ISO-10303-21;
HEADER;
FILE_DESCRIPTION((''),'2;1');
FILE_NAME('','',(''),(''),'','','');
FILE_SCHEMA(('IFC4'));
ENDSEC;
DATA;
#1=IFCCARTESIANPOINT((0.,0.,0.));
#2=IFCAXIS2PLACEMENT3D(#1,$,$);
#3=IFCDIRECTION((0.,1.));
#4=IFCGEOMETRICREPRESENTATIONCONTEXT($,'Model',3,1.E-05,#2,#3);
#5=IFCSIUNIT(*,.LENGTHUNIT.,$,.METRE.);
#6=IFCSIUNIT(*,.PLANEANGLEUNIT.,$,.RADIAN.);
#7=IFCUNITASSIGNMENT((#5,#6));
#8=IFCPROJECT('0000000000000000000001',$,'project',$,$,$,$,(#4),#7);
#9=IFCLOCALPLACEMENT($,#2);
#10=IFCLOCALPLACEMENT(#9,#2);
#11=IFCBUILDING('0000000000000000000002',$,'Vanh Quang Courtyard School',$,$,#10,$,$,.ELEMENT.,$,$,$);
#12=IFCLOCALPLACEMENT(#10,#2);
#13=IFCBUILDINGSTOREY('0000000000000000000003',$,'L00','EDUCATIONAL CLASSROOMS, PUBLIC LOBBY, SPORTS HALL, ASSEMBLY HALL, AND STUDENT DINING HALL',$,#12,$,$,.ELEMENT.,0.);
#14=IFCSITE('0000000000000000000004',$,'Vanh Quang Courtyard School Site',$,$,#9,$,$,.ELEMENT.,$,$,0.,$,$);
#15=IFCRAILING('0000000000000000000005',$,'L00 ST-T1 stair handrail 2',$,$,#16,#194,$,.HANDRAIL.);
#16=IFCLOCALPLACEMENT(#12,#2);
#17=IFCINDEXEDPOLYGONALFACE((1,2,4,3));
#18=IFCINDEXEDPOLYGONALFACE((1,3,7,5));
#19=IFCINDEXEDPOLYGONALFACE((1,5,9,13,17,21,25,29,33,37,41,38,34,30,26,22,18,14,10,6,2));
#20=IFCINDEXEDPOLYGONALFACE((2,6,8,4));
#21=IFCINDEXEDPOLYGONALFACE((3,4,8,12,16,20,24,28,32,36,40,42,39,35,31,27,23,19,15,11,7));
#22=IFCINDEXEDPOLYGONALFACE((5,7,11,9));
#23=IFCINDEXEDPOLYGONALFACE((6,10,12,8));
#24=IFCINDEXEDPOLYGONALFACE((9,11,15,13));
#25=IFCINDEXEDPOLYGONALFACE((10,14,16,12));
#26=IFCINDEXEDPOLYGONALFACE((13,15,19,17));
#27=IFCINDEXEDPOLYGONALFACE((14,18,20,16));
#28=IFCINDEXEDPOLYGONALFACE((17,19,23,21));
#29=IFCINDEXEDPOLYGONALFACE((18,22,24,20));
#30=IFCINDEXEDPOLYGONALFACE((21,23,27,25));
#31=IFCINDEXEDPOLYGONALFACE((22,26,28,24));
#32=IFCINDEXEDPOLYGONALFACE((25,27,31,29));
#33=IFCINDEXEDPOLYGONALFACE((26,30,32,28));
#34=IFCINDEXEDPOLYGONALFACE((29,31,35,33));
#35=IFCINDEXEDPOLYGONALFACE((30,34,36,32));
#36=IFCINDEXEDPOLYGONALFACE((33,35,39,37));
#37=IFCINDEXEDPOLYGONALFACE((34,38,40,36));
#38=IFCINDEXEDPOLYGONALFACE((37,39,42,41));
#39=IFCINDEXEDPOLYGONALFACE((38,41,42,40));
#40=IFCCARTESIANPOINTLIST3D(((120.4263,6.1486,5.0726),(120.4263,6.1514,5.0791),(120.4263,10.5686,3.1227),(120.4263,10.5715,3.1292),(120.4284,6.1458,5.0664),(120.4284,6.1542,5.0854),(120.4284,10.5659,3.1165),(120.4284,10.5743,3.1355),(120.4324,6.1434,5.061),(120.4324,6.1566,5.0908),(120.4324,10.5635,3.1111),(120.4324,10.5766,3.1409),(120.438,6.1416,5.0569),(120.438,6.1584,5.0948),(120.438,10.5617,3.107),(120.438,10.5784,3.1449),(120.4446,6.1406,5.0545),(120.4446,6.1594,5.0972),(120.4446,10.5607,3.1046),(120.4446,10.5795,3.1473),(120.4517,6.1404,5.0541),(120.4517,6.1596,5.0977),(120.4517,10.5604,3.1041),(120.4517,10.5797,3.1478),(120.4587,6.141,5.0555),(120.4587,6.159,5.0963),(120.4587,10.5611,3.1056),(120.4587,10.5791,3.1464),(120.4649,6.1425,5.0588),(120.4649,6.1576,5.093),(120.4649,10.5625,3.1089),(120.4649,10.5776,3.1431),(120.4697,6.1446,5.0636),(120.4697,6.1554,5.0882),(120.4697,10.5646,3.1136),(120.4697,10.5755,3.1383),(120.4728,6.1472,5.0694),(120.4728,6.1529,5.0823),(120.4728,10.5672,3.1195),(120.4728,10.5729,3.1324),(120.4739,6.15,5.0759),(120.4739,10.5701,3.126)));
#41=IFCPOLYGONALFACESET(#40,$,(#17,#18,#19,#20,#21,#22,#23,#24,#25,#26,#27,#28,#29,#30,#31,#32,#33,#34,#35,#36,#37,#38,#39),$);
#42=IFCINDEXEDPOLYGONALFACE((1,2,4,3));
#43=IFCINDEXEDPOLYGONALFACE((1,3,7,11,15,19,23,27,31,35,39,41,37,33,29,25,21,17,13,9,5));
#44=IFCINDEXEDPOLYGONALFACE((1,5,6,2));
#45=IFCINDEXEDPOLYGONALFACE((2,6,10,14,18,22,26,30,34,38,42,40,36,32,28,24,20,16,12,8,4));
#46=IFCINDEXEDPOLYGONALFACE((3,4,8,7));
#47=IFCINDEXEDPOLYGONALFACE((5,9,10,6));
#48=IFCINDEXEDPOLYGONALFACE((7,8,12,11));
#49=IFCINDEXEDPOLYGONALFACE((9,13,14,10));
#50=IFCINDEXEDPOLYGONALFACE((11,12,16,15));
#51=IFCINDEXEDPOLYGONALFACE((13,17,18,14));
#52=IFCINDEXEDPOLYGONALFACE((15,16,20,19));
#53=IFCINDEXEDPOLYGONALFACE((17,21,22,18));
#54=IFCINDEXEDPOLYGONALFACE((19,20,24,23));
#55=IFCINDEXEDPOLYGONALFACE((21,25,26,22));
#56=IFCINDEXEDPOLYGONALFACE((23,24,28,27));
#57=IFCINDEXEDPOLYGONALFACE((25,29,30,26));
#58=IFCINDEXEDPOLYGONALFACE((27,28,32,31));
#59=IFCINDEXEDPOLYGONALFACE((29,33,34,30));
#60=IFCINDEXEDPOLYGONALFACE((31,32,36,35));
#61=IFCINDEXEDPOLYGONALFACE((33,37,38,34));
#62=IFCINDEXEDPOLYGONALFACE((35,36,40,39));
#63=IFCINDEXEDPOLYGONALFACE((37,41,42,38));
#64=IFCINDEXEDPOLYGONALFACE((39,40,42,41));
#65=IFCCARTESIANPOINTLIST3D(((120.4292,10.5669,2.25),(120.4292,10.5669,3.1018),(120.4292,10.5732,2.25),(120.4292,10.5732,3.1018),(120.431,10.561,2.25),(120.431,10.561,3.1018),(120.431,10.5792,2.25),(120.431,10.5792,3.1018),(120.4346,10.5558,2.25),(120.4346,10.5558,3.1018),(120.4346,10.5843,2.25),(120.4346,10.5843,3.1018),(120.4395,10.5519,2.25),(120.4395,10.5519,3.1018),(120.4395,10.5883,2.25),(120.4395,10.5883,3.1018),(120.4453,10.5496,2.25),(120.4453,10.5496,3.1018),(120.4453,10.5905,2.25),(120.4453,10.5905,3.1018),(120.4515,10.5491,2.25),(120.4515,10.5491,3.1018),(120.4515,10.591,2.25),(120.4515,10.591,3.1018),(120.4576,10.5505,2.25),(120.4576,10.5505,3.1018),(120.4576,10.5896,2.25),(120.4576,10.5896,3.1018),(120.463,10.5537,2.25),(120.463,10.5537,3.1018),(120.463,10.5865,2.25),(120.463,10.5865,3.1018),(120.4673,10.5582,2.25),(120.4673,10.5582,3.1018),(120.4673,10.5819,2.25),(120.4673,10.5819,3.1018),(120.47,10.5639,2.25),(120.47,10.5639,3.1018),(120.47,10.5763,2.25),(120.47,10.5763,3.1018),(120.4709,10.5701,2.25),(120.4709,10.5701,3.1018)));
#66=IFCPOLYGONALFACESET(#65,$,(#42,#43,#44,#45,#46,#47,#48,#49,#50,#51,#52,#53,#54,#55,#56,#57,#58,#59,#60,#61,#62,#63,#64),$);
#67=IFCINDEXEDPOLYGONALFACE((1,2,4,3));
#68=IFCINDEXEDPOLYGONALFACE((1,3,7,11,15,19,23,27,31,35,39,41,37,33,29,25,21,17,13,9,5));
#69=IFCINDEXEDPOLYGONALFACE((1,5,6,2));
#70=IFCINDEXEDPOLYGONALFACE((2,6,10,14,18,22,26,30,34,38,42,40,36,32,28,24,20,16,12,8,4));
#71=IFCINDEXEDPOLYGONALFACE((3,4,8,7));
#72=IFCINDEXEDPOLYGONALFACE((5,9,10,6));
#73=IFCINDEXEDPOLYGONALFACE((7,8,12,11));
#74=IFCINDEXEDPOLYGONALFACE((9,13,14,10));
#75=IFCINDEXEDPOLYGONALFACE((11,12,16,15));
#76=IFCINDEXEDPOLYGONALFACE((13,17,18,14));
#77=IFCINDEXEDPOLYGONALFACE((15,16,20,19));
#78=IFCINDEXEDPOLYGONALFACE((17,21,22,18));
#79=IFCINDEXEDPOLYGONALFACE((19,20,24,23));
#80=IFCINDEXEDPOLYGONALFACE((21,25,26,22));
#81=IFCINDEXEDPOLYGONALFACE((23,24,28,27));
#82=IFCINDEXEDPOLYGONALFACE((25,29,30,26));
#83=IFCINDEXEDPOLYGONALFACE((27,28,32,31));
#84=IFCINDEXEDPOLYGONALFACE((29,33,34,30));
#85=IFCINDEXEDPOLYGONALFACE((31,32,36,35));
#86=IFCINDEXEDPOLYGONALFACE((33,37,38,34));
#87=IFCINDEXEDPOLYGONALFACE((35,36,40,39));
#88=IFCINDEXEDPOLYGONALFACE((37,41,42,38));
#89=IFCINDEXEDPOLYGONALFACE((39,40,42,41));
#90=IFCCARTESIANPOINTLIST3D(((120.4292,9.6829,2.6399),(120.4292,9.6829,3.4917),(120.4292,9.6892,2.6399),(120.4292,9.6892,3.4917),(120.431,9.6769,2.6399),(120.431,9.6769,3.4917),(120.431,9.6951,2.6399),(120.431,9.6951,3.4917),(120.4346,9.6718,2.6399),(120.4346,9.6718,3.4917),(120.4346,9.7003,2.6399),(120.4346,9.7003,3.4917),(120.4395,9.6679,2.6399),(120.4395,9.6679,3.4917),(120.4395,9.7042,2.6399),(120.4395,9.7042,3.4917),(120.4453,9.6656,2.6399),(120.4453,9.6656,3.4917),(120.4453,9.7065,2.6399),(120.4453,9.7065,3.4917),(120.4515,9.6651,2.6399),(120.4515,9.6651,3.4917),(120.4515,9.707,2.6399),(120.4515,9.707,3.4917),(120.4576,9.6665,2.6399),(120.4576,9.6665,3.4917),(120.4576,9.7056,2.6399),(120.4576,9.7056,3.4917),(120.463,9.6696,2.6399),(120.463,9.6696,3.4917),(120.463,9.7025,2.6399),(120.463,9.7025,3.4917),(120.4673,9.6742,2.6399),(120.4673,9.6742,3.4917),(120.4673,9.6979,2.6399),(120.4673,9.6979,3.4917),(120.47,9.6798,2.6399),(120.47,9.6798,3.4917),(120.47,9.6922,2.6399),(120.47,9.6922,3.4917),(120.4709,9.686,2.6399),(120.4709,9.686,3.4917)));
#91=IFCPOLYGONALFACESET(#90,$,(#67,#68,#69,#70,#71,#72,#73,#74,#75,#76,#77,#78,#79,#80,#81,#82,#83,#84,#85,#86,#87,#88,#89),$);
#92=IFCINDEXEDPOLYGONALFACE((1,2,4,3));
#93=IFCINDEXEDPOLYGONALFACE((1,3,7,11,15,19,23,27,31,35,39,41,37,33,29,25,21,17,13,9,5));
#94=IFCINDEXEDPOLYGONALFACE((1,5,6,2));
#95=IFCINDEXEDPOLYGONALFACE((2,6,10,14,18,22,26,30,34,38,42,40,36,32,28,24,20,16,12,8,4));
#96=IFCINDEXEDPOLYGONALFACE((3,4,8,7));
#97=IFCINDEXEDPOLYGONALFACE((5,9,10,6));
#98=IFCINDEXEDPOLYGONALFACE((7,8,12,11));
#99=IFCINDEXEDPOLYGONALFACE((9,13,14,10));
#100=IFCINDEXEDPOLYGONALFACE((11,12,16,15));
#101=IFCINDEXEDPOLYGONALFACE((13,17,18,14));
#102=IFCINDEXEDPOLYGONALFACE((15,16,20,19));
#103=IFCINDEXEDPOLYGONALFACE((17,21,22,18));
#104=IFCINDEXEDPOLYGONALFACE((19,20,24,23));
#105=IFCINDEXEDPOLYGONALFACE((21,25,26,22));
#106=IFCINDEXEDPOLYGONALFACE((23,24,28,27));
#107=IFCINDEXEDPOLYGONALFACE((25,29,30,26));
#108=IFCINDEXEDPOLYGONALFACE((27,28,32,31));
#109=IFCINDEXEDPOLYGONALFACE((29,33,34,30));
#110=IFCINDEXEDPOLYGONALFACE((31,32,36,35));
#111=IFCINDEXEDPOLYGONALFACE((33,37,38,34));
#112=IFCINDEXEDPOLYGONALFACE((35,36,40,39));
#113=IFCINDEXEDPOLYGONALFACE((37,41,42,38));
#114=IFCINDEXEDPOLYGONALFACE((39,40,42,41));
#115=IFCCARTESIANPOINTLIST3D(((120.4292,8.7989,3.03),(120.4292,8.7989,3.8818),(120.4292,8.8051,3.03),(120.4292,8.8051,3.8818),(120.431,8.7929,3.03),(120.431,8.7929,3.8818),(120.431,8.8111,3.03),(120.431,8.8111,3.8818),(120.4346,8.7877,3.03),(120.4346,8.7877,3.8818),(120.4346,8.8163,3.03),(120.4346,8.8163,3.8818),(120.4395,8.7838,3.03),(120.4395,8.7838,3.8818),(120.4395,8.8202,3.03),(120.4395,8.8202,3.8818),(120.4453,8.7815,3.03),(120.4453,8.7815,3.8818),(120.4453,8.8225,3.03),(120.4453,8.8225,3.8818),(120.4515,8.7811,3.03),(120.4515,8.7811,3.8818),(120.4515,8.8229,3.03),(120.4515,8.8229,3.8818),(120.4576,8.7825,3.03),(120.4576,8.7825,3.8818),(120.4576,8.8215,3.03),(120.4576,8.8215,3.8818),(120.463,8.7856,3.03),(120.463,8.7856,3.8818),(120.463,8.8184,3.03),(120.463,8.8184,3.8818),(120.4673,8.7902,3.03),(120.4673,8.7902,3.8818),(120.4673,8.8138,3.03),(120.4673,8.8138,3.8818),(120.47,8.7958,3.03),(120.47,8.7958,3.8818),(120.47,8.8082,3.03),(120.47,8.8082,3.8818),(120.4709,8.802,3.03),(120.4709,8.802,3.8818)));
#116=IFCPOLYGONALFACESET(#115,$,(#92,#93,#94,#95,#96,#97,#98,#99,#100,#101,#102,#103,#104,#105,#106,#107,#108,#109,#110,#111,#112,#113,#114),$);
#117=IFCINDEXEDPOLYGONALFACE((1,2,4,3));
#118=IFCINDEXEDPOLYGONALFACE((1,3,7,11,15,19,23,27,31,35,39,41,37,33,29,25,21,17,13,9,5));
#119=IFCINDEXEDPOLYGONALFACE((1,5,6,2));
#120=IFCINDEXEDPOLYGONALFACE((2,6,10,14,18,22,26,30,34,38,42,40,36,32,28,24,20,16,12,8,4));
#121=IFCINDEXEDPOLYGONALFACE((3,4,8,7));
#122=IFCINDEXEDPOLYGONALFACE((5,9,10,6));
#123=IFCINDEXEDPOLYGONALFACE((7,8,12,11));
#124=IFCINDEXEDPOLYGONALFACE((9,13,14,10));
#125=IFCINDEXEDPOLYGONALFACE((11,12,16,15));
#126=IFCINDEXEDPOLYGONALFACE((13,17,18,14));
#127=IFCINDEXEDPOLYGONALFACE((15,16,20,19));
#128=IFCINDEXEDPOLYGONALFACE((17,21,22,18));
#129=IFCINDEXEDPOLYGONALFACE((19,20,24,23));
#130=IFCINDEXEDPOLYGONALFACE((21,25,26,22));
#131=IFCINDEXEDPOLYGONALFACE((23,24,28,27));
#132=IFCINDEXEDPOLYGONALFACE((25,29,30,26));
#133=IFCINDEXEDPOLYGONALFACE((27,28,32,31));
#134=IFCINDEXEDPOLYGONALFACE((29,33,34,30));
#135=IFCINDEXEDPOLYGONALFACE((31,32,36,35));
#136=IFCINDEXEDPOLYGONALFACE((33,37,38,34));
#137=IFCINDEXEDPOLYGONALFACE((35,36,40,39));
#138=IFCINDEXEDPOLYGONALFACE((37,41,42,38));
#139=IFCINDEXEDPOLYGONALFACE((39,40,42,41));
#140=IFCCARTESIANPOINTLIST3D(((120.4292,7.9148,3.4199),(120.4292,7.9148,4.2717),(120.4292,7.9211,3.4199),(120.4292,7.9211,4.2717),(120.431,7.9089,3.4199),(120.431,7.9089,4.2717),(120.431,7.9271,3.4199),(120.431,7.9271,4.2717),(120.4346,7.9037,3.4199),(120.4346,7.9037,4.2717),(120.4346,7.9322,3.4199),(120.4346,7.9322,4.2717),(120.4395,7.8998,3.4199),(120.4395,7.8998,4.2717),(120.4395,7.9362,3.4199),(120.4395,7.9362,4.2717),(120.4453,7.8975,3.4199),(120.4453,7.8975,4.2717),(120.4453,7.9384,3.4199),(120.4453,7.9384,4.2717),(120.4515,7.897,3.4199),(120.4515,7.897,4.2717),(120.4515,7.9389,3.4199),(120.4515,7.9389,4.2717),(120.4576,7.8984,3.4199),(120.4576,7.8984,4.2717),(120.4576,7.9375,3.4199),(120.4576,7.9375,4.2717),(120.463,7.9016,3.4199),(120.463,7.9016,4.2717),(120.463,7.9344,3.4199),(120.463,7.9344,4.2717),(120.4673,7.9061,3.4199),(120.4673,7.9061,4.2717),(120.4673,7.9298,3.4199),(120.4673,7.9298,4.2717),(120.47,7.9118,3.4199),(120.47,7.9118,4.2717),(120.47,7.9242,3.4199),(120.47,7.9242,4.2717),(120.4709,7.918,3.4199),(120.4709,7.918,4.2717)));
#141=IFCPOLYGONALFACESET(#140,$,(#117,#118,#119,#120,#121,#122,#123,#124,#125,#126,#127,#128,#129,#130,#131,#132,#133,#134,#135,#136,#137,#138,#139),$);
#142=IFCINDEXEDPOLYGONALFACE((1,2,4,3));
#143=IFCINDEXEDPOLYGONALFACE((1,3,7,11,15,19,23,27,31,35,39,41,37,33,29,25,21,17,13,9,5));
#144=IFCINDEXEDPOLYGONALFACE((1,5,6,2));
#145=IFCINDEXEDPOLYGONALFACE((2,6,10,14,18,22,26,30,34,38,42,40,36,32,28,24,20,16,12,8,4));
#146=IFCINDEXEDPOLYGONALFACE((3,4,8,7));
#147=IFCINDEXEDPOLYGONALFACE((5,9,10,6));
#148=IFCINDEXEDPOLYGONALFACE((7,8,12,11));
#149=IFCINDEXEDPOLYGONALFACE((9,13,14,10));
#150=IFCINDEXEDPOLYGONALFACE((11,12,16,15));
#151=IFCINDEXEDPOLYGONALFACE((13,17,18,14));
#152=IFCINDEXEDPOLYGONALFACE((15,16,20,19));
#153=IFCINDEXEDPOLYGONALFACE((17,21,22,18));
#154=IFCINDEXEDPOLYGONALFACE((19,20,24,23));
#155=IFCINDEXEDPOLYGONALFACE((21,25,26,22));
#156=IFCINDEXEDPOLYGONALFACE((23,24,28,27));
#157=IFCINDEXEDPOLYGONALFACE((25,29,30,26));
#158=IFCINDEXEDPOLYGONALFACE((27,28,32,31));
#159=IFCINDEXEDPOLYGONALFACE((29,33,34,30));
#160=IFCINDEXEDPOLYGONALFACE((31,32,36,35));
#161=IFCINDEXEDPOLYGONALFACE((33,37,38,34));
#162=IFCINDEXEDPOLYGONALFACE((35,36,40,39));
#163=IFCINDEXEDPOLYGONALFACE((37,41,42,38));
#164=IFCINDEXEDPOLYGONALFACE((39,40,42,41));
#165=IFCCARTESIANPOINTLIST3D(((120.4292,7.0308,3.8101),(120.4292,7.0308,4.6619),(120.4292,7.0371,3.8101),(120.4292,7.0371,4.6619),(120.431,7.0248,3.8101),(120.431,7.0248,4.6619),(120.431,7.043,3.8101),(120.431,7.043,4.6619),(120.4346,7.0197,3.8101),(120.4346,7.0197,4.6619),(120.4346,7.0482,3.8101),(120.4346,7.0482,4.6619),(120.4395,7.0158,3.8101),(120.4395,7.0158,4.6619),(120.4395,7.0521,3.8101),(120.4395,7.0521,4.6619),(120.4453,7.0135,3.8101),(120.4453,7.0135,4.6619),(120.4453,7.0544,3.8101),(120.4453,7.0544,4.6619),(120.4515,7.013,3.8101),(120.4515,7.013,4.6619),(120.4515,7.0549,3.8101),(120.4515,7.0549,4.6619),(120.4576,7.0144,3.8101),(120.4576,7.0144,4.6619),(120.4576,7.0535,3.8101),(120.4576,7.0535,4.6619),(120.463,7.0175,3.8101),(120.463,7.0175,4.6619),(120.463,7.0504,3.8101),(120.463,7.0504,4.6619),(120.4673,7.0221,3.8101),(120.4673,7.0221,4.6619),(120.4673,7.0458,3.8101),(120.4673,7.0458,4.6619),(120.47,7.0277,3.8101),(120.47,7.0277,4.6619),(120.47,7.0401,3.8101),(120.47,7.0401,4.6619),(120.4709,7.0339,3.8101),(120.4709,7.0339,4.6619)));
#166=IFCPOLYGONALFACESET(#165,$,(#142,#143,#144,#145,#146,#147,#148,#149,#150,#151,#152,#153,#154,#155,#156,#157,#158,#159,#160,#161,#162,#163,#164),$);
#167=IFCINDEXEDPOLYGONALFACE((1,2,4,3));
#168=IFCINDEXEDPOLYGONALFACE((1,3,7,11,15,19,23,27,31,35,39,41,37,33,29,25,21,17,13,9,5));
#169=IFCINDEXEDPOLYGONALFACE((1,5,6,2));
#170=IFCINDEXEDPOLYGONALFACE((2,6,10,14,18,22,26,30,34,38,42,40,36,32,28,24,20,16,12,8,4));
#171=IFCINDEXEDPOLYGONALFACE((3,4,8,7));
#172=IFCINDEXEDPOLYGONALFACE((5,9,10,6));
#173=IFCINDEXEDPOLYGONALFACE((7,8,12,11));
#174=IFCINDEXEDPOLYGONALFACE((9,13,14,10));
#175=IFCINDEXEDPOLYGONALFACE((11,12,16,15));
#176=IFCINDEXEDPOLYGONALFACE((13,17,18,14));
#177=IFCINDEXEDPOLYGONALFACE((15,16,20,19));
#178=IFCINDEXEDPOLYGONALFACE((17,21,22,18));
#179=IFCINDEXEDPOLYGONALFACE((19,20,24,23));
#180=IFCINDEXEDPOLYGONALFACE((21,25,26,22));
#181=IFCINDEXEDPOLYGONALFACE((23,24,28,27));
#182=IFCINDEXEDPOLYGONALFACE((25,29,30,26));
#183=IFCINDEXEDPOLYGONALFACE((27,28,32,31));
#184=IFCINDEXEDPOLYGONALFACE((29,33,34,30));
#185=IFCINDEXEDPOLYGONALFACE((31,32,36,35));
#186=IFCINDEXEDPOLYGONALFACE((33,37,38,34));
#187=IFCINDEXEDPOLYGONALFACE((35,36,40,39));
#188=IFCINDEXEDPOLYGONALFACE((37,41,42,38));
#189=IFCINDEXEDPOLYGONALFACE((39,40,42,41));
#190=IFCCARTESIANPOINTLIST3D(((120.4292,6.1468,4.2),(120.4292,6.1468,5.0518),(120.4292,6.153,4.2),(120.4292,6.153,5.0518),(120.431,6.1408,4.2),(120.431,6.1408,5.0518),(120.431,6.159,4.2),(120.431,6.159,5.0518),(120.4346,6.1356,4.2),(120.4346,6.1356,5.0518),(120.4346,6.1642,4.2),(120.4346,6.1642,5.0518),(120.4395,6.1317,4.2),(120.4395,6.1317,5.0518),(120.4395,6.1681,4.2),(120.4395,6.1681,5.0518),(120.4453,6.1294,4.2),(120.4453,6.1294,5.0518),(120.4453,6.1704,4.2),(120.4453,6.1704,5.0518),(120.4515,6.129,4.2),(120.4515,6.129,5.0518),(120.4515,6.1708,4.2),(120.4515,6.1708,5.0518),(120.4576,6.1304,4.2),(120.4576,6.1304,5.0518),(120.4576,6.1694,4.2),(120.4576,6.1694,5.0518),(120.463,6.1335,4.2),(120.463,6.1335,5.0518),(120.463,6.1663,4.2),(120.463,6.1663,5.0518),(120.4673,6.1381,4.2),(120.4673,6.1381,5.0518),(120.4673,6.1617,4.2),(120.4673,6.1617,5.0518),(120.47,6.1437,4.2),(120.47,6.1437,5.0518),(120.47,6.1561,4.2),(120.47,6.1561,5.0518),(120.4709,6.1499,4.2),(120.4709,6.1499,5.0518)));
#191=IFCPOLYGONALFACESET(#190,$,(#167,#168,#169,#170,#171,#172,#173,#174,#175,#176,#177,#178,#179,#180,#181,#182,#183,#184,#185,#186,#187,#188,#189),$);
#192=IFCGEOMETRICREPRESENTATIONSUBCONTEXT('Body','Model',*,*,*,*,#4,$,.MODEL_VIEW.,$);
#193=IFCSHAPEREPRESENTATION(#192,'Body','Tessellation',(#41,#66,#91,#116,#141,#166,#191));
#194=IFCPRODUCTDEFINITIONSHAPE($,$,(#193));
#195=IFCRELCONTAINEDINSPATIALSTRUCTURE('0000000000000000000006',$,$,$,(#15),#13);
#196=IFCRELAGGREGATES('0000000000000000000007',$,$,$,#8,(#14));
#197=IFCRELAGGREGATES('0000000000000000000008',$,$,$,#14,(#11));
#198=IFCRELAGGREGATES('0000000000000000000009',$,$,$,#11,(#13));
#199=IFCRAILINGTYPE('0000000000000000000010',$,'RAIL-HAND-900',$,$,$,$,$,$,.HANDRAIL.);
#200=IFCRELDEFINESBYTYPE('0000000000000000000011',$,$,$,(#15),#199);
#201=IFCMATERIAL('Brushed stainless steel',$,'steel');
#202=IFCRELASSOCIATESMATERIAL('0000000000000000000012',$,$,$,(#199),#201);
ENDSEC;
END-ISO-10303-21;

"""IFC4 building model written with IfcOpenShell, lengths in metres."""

from ifc_helpers import new_model, si_unit, direction, frame, origin, origin_2d, place, context, subcontext, project, spatial, circle, extrude, material, type_object, element, save


model = new_model("IFC4")

# Units and contexts
model_context = context("Model", 3, precision=1e-05, world=origin(), true_north=direction((0.0, 1.0)))
body_context = subcontext(model_context, "Body", "Model", "MODEL_VIEW")
ifc_project = project(units=[si_unit("LENGTHUNIT", "METRE"), si_unit("PLANEANGLEUNIT", "RADIAN")], contexts=[model_context])

# Site, building, storey
site_placement = place(None, origin())
site = spatial("IfcSite", under=ifc_project, at=site_placement, Name="Vanh Quang Courtyard School Site", CompositionType="ELEMENT", RefElevation=0.0)
building_placement = place(site_placement, origin())
building = spatial("IfcBuilding", under=site, at=building_placement, Name="Vanh Quang Courtyard School", CompositionType="ELEMENT")
storey_placement = place(building_placement, origin())
storey = spatial("IfcBuildingStorey", under=building, at=storey_placement, Name="L00", Description="EDUCATIONAL CLASSROOMS, PUBLIC LOBBY, SPORTS HALL, ASSEMBLY HALL, AND STUDENT DINING HALL", CompositionType="ELEMENT", Elevation=0.0)

# Railing
ifc_material_1 = material(Name="Brushed stainless steel", Category="steel")
railing_type_1 = type_object("IfcRailingType", Name="RAIL-HAND-900", PredefinedType="HANDRAIL", material=ifc_material_1)
railing_1_placement = place(storey_placement, frame((120.45, 10.5701, 2.25)))
element("IfcRailing", 1, at=railing_1_placement, inside=storey, type_object=railing_type_1, Name="L00 ST-T1 stair handrail 2", PredefinedType="HANDRAIL", context=body_context, shape_type="SweptSolid", body=[
    extrude(circle(Radius=0.0239, at=origin_2d()), frame((0.0, 0.0, 0.876), z_axis=(0.0, -0.914927, 0.403619), x_axis=(1.0, 0.0, 0.0)), (0.0, 0.0, 1.0), 4.8311),
    extrude(circle(Radius=0.021, at=origin_2d()), origin(), (0.0, 0.0, 1.0), 0.8518),
    extrude(circle(Radius=0.021, at=origin_2d()), frame((0.0, -0.884, 0.3899)), (0.0, 0.0, 1.0), 0.8518),
    extrude(circle(Radius=0.021, at=origin_2d()), frame((0.0, -1.7681, 0.78)), (0.0, 0.0, 1.0), 0.8518),
    extrude(circle(Radius=0.021, at=origin_2d()), frame((0.0, -2.6521, 1.1699)), (0.0, 0.0, 1.0), 0.8518),
    extrude(circle(Radius=0.021, at=origin_2d()), frame((0.0, -3.5361, 1.5601)), (0.0, 0.0, 1.0), 0.8518),
    extrude(circle(Radius=0.021, at=origin_2d()), frame((0.0, -4.4202, 1.95)), (0.0, 0.0, 1.0), 0.8518),
])

save(model, "model.ifc")
